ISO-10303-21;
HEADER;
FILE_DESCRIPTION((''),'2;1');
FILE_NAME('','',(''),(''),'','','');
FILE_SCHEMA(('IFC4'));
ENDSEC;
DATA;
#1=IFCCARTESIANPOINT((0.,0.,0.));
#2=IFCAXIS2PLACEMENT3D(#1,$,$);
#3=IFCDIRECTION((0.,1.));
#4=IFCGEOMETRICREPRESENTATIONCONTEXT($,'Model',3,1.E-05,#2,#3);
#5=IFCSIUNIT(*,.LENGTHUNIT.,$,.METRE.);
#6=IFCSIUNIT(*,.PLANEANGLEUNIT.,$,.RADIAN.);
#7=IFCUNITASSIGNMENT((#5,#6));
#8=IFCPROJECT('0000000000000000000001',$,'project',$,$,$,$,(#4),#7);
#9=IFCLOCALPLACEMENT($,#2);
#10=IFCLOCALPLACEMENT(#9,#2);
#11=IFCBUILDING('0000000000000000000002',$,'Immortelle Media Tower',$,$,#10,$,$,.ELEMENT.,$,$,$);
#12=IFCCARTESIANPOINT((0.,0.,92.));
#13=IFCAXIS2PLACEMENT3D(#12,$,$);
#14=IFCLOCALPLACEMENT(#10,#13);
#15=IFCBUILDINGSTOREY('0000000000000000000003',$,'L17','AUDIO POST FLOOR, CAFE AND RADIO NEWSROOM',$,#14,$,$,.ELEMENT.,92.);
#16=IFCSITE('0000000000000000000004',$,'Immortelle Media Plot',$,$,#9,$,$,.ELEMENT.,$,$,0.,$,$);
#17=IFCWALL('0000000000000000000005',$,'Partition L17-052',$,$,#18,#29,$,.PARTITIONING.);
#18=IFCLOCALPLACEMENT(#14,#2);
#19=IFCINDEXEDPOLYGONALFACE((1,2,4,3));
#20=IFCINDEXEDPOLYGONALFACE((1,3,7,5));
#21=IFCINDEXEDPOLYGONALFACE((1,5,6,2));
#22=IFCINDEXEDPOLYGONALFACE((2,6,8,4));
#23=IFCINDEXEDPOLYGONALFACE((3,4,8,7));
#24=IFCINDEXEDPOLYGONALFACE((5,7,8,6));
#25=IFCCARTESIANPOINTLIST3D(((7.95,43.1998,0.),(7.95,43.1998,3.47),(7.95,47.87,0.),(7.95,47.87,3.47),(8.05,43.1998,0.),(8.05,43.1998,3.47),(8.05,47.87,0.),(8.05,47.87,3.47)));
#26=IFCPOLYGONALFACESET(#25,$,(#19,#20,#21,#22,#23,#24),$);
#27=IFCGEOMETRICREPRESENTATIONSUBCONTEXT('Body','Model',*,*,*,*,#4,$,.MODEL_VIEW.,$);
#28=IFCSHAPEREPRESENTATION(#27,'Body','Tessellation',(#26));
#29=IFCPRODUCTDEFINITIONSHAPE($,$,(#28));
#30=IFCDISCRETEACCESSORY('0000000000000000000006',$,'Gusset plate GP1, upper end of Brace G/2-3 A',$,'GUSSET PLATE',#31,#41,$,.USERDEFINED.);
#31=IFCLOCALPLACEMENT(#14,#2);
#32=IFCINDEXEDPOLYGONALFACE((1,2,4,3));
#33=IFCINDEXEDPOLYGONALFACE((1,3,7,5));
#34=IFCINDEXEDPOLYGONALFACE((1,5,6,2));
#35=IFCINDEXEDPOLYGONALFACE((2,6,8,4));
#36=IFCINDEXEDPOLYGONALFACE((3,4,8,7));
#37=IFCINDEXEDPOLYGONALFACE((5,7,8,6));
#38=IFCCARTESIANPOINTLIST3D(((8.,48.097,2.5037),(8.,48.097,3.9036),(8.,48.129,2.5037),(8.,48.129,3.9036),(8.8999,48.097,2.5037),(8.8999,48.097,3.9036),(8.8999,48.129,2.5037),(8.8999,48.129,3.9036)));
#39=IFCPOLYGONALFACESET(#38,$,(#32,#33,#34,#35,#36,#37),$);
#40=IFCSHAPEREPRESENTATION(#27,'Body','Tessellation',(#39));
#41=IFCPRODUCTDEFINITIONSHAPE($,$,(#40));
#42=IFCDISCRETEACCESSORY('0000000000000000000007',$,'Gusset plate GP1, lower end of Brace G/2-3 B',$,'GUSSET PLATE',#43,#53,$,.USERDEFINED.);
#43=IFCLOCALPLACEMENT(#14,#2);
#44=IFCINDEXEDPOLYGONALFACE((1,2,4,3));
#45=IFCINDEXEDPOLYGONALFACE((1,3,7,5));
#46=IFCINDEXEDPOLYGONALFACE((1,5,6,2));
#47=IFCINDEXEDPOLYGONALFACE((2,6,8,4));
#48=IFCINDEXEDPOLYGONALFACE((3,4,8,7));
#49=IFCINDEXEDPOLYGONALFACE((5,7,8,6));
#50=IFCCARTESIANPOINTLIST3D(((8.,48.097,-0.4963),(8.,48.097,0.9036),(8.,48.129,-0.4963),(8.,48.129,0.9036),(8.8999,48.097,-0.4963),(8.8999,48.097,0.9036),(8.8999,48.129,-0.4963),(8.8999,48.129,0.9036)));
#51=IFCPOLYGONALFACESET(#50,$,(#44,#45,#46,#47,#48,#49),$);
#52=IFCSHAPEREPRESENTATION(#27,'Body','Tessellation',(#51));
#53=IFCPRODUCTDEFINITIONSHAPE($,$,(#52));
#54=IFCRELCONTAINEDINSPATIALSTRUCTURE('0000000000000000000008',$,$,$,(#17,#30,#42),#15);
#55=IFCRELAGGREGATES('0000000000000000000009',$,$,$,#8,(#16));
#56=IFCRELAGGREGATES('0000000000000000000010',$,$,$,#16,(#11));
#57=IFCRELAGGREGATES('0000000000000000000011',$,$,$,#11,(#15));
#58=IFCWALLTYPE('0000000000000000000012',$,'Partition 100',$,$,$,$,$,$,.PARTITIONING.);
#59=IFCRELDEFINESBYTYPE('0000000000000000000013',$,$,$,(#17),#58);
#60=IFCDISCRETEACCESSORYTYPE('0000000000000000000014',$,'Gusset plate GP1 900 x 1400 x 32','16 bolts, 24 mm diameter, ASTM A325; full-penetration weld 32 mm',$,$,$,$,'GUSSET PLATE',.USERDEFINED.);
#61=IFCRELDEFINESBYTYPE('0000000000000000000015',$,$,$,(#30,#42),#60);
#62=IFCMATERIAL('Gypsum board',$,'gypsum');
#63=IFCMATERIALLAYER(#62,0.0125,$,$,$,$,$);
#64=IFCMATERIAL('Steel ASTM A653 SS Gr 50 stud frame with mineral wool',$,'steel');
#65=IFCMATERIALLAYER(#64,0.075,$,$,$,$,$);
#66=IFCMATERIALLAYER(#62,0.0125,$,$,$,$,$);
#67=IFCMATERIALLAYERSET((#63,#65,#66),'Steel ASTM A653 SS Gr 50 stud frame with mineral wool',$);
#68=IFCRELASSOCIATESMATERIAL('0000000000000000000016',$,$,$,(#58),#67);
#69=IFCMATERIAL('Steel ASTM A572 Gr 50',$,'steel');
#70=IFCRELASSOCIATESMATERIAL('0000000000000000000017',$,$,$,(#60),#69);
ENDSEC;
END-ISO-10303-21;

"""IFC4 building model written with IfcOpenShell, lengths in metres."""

from ifc_helpers import new_model, si_unit, direction, frame, frame_2d, origin, origin_2d, place, context, subcontext, project, spatial, rectangle, extrude, material, layer, layer_set, material_profile, profile_set, type_object, element, save


model = new_model("IFC4")

# Units and contexts
model_context = context("Model", 3, precision=1e-05, world=origin(), true_north=direction((0.0, 1.0)))
body_context = subcontext(model_context, "Body", "Model", "MODEL_VIEW")
ifc_project = project(units=[si_unit("LENGTHUNIT", "METRE"), si_unit("PLANEANGLEUNIT", "RADIAN")], contexts=[model_context])

# Site, building, storey
site_placement = place(None, origin())
site = spatial("IfcSite", under=ifc_project, at=site_placement, Name="Immortelle Media Plot", CompositionType="ELEMENT", RefElevation=0.0)
building_placement = place(site_placement, origin())
building = spatial("IfcBuilding", under=site, at=building_placement, Name="Immortelle Media Tower", CompositionType="ELEMENT")
storey_placement = place(building_placement, frame((0.0, 0.0, 92.0)))
storey = spatial("IfcBuildingStorey", under=building, at=storey_placement, Name="L17", Description="AUDIO POST FLOOR, CAFE AND RADIO NEWSROOM", CompositionType="ELEMENT", Elevation=92.0)

# Shared definitions
ifc_material_1 = material(Name="Steel ASTM A653 SS Gr 50 stud frame with mineral wool", Category="steel")

# Wall
ifc_material_2 = material(Name="Gypsum board", Category="gypsum")
ifc_layer_1 = layer(ifc_material_2, 0.0125)
ifc_layer_2 = layer(ifc_material_1, 0.075)
ifc_layer_3 = layer(ifc_material_2, 0.0125)
ifc_layer_set_1 = layer_set([ifc_layer_1, ifc_layer_2, ifc_layer_3], Name="Steel ASTM A653 SS Gr 50 stud frame with mineral wool")
wall_type_1 = type_object("IfcWallType", Name="Partition 100", PredefinedType="PARTITIONING", material=ifc_layer_set_1)
wall_1_placement = place(storey_placement, frame((8.0, 43.2, 0.0), z_axis=(0.0, 0.0, 1.0), x_axis=(0.0, 1.0, 0.0)))
element("IfcWall", 1, at=wall_1_placement, inside=storey, type_object=wall_type_1, Name="Partition L17-052", PredefinedType="PARTITIONING", context=body_context, shape_type="SweptSolid", body=[
    extrude(rectangle(XDim=4.6702, YDim=0.1001, at=frame_2d((2.335, 0.0))), origin(), (0.0, 0.0, 1.0), 3.47),
])

# Discrete accessories
ifc_material_3 = material(Name="Steel ASTM A572 Gr 50", Category="steel")
ifc_material_profile_1 = material_profile(ifc_material_3, rectangle(XDim=0.032, YDim=1.3999, at=origin_2d()), Name="PL 32 x 1400")
ifc_profile_set_1 = profile_set([ifc_material_profile_1], Name="Steel ASTM A572 Gr 50")
discrete_accessory_type = type_object("IfcDiscreteAccessoryType", Name="Gusset plate GP1 900 x 1400 x 32", Description="16 bolts, 24 mm diameter, ASTM A325; full-penetration weld 32 mm", ElementType="GUSSET PLATE", PredefinedType="USERDEFINED", material=ifc_profile_set_1)
for number, where, z_axis, x_axis, name in (
    (2, (8.0, 48.113, 3.2036), (1.0, 0.0, 0.0), (0.0, 1.0, 0.0), "Gusset plate GP1, upper end of Brace G/2-3 A"),
    (3, (8.0, 48.113, 0.2036), (1.0, 0.0, 0.0), (0.0, 1.0, 0.0), "Gusset plate GP1, lower end of Brace G/2-3 B"),
):
    element("IfcDiscreteAccessory", number, at=place(storey_placement, frame(where, z_axis=z_axis, x_axis=x_axis)), inside=storey, type_object=discrete_accessory_type, Name=name, ObjectType="GUSSET PLATE", PredefinedType="USERDEFINED", context=body_context, shape_type="SweptSolid", body=[
        extrude(rectangle(XDim=0.032, YDim=1.3999, at=origin_2d()), origin(), (0.0, 0.0, 1.0), 0.8999),
    ])

save(model, "model.ifc")
